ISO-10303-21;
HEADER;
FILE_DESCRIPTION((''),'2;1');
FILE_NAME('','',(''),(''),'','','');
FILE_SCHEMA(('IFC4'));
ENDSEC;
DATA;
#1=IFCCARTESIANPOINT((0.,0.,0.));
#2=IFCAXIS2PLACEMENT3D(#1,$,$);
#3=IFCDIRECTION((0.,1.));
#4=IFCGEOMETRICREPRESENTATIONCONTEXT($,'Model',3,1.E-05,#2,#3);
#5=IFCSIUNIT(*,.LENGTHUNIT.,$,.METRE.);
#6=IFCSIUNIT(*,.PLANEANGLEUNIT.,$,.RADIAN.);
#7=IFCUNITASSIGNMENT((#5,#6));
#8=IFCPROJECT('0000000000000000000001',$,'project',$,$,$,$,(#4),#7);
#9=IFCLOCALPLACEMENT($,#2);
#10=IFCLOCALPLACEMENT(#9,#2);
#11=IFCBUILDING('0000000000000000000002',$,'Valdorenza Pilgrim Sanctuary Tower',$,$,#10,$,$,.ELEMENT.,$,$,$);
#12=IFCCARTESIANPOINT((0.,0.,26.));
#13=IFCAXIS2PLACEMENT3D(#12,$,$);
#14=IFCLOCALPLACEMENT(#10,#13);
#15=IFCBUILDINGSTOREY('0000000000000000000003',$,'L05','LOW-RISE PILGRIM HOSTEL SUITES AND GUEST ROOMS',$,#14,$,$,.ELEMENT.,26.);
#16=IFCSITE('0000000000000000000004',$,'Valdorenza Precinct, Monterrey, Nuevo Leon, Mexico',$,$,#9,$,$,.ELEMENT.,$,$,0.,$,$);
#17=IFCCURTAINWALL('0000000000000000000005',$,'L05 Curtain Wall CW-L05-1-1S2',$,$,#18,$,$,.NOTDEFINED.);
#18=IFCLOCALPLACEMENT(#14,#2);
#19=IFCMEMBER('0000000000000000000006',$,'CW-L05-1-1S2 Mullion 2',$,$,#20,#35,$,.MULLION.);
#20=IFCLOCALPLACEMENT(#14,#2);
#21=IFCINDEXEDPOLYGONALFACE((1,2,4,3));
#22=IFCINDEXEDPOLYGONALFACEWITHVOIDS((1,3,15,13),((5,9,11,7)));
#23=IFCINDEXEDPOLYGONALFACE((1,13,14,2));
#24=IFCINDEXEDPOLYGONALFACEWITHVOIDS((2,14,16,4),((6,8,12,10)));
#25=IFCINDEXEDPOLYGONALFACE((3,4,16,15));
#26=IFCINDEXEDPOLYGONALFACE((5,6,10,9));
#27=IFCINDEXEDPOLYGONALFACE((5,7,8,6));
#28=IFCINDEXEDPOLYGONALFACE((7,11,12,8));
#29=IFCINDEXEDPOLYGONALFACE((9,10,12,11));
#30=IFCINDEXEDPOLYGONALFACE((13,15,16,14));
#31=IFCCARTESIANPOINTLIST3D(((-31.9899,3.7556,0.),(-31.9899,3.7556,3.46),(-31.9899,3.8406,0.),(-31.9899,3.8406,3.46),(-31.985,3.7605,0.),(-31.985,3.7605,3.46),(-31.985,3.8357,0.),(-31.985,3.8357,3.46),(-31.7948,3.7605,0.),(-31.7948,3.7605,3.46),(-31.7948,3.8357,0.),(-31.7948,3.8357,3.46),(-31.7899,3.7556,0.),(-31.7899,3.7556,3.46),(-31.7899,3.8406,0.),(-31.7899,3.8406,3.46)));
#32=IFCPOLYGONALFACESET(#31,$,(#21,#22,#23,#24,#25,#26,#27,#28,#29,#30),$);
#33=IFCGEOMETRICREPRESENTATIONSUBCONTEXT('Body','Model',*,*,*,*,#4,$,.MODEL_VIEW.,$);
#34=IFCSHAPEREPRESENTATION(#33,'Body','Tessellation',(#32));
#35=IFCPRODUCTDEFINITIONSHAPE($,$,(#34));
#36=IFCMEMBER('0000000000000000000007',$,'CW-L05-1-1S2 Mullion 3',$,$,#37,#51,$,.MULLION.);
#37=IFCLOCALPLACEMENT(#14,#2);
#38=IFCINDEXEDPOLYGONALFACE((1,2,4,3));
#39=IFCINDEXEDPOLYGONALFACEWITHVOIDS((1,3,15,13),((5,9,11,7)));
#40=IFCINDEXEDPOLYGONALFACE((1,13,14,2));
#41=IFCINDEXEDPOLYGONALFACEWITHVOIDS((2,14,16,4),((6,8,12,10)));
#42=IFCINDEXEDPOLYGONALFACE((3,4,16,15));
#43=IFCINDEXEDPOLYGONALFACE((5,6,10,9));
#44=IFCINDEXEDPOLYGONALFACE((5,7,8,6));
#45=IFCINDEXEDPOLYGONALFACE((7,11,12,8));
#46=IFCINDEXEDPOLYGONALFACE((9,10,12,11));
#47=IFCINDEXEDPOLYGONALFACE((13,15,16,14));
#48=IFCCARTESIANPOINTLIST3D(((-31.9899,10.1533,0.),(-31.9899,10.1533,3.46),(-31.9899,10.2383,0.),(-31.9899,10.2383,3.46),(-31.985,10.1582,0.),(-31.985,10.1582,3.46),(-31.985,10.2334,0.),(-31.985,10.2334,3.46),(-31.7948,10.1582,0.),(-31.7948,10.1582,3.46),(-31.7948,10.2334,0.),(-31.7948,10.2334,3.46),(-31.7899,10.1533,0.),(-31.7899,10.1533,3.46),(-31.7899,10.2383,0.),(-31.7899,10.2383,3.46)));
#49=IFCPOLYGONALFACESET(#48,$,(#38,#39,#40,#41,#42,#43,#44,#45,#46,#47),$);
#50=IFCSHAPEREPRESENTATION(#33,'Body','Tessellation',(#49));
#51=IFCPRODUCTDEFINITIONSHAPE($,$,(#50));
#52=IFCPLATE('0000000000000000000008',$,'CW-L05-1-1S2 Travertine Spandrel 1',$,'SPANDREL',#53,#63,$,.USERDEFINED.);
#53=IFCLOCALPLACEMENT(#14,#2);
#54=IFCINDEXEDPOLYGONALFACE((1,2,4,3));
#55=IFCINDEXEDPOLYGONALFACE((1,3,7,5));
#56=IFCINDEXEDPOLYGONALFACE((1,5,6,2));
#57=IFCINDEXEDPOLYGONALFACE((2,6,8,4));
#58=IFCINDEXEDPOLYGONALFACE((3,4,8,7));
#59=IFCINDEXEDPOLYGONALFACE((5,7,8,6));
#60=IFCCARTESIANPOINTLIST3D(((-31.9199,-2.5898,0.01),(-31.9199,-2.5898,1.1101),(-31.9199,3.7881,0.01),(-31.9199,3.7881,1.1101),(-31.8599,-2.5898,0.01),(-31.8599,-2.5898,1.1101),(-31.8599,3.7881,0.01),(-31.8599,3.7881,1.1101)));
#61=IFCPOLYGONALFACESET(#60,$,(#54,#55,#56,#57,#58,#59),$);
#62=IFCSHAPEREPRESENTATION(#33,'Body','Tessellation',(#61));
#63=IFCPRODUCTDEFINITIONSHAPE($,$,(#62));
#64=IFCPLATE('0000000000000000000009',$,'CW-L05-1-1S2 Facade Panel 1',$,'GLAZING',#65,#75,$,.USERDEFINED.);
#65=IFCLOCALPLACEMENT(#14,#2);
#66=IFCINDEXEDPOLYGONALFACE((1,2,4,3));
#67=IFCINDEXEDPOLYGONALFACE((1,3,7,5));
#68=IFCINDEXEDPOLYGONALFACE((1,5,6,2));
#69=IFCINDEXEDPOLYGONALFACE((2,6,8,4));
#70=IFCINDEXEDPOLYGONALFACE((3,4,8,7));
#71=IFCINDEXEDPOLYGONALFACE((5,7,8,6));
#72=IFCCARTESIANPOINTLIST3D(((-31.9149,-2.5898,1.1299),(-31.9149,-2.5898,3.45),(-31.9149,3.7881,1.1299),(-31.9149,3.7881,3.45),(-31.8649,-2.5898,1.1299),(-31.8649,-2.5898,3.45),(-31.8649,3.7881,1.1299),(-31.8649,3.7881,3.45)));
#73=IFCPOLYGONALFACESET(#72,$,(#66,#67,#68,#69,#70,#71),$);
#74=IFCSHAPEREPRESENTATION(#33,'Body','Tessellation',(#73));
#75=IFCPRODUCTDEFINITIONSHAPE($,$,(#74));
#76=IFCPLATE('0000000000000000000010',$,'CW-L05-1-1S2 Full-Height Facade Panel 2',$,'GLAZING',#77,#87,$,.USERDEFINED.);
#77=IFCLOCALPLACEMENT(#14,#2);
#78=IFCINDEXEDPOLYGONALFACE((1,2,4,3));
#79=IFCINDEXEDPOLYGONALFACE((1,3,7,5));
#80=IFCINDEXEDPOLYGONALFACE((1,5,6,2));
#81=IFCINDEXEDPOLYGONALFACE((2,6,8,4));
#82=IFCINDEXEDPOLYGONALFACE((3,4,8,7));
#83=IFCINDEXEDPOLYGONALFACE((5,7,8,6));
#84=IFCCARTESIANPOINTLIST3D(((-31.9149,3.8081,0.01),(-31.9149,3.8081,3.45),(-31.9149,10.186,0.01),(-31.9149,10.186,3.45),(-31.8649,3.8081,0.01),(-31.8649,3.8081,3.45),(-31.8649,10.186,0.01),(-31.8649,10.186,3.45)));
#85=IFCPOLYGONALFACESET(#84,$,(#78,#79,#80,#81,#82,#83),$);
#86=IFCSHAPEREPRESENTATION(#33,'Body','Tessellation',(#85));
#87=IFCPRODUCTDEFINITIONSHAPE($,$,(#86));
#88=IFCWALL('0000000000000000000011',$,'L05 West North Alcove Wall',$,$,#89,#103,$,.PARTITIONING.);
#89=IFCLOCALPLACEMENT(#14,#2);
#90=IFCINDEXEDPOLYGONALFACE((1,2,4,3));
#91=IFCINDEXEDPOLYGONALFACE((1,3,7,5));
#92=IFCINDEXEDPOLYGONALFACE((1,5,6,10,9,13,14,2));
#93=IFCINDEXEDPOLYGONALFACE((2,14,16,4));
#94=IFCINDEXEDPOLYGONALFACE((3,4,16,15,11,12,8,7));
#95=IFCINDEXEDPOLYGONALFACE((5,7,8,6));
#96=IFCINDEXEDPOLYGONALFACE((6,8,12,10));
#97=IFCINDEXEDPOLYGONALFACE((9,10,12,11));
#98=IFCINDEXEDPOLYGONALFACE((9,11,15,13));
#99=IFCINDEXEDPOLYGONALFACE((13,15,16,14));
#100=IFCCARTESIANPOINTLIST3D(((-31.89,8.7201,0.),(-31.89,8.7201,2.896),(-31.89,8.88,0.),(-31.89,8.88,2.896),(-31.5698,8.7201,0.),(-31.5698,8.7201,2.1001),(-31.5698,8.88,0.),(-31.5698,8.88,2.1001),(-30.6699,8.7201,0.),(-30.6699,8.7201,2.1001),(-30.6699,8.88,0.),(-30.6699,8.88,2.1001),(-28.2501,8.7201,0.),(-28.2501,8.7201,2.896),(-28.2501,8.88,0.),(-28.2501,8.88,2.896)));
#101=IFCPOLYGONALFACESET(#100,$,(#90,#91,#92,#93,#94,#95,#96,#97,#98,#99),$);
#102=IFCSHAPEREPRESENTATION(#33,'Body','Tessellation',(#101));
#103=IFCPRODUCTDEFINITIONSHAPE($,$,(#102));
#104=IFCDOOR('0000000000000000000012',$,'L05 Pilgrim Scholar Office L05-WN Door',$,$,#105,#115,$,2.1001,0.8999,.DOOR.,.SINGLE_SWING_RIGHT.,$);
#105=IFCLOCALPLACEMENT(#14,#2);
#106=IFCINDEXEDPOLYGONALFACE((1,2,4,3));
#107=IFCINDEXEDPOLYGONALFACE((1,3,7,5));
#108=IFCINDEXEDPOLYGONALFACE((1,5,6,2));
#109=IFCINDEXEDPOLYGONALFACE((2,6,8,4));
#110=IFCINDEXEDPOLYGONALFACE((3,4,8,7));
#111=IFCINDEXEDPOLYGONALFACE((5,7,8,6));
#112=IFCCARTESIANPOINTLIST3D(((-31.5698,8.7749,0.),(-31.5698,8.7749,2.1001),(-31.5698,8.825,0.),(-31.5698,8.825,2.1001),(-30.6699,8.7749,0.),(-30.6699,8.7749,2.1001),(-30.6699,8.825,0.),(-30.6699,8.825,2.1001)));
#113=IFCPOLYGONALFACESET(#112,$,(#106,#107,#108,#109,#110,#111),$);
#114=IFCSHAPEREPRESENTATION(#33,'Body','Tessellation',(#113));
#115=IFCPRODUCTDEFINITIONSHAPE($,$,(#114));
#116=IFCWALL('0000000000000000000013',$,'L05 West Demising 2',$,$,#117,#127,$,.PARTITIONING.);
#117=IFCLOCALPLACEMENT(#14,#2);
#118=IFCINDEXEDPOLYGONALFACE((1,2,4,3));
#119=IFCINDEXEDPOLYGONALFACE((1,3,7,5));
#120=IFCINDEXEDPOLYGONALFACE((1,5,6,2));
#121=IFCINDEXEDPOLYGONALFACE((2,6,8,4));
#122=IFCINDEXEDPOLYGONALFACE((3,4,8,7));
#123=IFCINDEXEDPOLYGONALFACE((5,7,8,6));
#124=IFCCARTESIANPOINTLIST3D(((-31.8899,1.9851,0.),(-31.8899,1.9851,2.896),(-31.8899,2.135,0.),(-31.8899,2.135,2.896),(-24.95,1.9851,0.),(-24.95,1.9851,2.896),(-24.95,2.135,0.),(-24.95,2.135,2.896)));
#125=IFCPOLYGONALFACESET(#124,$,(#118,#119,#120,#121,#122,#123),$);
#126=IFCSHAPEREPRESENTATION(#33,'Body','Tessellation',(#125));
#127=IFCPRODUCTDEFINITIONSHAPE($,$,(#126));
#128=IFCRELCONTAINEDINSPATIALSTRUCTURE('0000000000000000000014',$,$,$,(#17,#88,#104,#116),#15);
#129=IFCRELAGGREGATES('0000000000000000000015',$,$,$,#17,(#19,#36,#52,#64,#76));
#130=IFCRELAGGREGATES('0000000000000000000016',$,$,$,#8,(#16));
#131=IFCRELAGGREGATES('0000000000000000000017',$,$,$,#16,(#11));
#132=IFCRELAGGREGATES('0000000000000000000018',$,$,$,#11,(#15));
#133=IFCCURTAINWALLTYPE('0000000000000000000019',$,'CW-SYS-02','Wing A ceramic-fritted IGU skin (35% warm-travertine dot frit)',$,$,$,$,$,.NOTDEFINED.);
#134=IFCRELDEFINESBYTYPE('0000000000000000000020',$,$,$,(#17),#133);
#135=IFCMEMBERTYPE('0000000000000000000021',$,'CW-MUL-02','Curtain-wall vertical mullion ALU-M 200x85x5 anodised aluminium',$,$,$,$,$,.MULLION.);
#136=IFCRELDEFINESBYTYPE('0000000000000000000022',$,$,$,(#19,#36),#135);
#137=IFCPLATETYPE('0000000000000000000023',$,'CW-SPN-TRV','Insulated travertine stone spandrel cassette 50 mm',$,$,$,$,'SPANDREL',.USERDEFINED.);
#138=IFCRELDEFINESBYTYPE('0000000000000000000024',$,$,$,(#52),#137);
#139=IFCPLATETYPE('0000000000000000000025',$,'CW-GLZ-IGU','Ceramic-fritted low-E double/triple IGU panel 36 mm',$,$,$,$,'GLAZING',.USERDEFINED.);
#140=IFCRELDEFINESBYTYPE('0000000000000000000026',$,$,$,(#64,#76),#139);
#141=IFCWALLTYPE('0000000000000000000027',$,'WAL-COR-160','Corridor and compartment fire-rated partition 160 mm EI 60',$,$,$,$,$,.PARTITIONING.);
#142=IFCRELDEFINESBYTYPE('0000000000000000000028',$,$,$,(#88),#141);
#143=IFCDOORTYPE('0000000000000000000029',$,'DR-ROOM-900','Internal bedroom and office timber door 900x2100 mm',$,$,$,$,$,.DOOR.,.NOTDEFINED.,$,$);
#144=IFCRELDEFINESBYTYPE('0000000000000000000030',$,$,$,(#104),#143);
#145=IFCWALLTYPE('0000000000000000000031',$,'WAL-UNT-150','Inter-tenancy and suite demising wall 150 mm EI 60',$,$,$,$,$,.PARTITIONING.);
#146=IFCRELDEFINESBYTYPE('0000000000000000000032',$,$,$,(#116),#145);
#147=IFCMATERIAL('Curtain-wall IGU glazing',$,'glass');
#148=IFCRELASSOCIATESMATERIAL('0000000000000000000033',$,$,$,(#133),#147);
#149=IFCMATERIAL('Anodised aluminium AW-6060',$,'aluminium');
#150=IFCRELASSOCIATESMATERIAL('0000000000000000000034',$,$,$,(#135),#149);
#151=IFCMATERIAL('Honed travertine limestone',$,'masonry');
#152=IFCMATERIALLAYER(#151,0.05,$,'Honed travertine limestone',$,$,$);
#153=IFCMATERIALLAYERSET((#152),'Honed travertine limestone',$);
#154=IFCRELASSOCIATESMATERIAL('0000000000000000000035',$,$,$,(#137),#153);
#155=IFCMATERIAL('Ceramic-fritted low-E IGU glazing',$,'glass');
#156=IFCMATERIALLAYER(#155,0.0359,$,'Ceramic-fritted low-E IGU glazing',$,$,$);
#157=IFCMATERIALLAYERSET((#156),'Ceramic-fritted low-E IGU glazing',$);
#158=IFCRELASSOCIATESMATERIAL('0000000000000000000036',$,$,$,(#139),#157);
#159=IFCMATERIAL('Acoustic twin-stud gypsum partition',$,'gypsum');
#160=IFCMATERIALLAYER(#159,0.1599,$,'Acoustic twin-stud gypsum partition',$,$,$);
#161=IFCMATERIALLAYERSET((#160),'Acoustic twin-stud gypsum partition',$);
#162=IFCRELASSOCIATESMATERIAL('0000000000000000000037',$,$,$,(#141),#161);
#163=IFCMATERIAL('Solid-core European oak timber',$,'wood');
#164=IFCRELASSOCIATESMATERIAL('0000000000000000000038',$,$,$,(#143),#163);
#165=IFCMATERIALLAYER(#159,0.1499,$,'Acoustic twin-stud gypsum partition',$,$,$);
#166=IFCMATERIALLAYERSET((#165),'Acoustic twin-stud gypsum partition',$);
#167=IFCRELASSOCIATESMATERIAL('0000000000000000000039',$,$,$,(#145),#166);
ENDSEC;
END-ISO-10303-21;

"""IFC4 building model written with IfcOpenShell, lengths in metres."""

from ifc_helpers import new_model, si_unit, direction, frame, frame_2d, origin, origin_2d, place, context, subcontext, project, spatial, rectangle, hollow_rectangle, extrude, source, transform, mapped, material, layer, layer_set, material_profile, profile_set, type_object, element, fill, aggregate, save


model = new_model("IFC4")

# Units and contexts
model_context = context("Model", 3, precision=1e-05, world=origin(), true_north=direction((0.0, 1.0)))
body_context = subcontext(model_context, "Body", "Model", "MODEL_VIEW")
ifc_project = project(units=[si_unit("LENGTHUNIT", "METRE"), si_unit("PLANEANGLEUNIT", "RADIAN")], contexts=[model_context])

# Site, building, storey
site_placement = place(None, origin())
site = spatial("IfcSite", under=ifc_project, at=site_placement, Name="Valdorenza Precinct, Monterrey, Nuevo Leon, Mexico", CompositionType="ELEMENT", RefElevation=0.0)
building_placement = place(site_placement, origin())
building = spatial("IfcBuilding", under=site, at=building_placement, Name="Valdorenza Pilgrim Sanctuary Tower", CompositionType="ELEMENT")
storey_placement = place(building_placement, frame((0.0, 0.0, 26.0)))
storey = spatial("IfcBuildingStorey", under=building, at=storey_placement, Name="L05", Description="LOW-RISE PILGRIM HOSTEL SUITES AND GUEST ROOMS", CompositionType="ELEMENT", Elevation=26.0)

# Curtain wall, members, plates
ifc_material_1 = material(Name="Curtain-wall IGU glazing", Category="glass")
curtain_wall_type = type_object("IfcCurtainWallType", Name="CW-SYS-02", Description="Wing A ceramic-fritted IGU skin (35% warm-travertine dot frit)", PredefinedType="NOTDEFINED", material=ifc_material_1)
curtain_wall_placement = place(storey_placement, origin())
curtain_wall = element("IfcCurtainWall", 1, at=curtain_wall_placement, inside=storey, type_object=curtain_wall_type, Name="L05 Curtain Wall CW-L05-1-1S2", PredefinedType="NOTDEFINED")
ifc_material_2 = material(Name="Anodised aluminium AW-6060", Category="aluminium")
ifc_material_profile_1 = material_profile(ifc_material_2, hollow_rectangle(XDim=0.085, YDim=0.2, WallThickness=0.0049, at=origin_2d()), Name="ALU-M 200x85x5")
ifc_profile_set_1 = profile_set([ifc_material_profile_1], Name="Anodised aluminium AW-6060")
member_type = type_object("IfcMemberType", Name="CW-MUL-02", Description="Curtain-wall vertical mullion ALU-M 200x85x5 anodised aluminium", PredefinedType="MULLION", material=ifc_profile_set_1)
shared_shape_1 = source(origin(), body_context, "Body", "SweptSolid", [
    extrude(hollow_rectangle(XDim=0.085, YDim=0.2, WallThickness=0.0049, at=origin_2d()), origin(), (0.0, 0.0, 1.0), 3.46),
])
member_1_placement = place(storey_placement, frame((-31.8899, 3.7981, 0.0), z_axis=(0.0, 0.0, 1.0), x_axis=(0.0, 1.0, 0.0)))
member_1 = element("IfcMember", 2, at=member_1_placement, type_object=member_type, Name="CW-L05-1-1S2 Mullion 2", PredefinedType="MULLION", context=body_context, shape_type="MappedRepresentation", body=[
    mapped(shared_shape_1, transform((0.0, 0.0, 0.0), x_axis=(1.0, 0.0, 0.0), y_axis=(0.0, 1.0, 0.0), z_axis=(0.0, 0.0, 1.0), scale=1.0)),
])
member_2_placement = place(storey_placement, frame((-31.8899, 10.1958, 0.0), z_axis=(0.0, 0.0, 1.0), x_axis=(0.0, 1.0, 0.0)))
member_2 = element("IfcMember", 3, at=member_2_placement, type_object=member_type, Name="CW-L05-1-1S2 Mullion 3", PredefinedType="MULLION", context=body_context, shape_type="MappedRepresentation", body=[
    mapped(shared_shape_1, transform((0.0, 0.0, 0.0), x_axis=(1.0, 0.0, 0.0), y_axis=(0.0, 1.0, 0.0), z_axis=(0.0, 0.0, 1.0), scale=1.0)),
])
ifc_material_3 = material(Name="Honed travertine limestone", Category="masonry")
ifc_layer_1 = layer(ifc_material_3, 0.05, Name="Honed travertine limestone")
ifc_layer_set_1 = layer_set([ifc_layer_1], Name="Honed travertine limestone")
plate_type_1 = type_object("IfcPlateType", Name="CW-SPN-TRV", Description="Insulated travertine stone spandrel cassette 50 mm", ElementType="SPANDREL", PredefinedType="USERDEFINED", material=ifc_layer_set_1)
shared_shape_2 = source(origin(), body_context, "Body", "SweptSolid", [
    extrude(rectangle(XDim=6.3779, YDim=0.0601, at=origin_2d()), origin(), (0.0, 0.0, 1.0), 1.1001),
])
plate_1_placement = place(storey_placement, frame((-31.8899, 0.5991, 0.01), z_axis=(0.0, 0.0, 1.0), x_axis=(0.0, 1.0, 0.0)))
plate_1 = element("IfcPlate", 4, at=plate_1_placement, type_object=plate_type_1, Name="CW-L05-1-1S2 Travertine Spandrel 1", ObjectType="SPANDREL", PredefinedType="USERDEFINED", context=body_context, shape_type="MappedRepresentation", body=[
    mapped(shared_shape_2, transform((0.0, 0.0, 0.0), x_axis=(1.0, 0.0, 0.0), y_axis=(0.0, 1.0, 0.0), z_axis=(0.0, 0.0, 1.0), scale=1.0)),
])
ifc_material_4 = material(Name="Ceramic-fritted low-E IGU glazing", Category="glass")
ifc_layer_2 = layer(ifc_material_4, 0.0359, Name="Ceramic-fritted low-E IGU glazing")
ifc_layer_set_2 = layer_set([ifc_layer_2], Name="Ceramic-fritted low-E IGU glazing")
plate_type_2 = type_object("IfcPlateType", Name="CW-GLZ-IGU", Description="Ceramic-fritted low-E double/triple IGU panel 36 mm", ElementType="GLAZING", PredefinedType="USERDEFINED", material=ifc_layer_set_2)
shared_shape_3 = source(origin(), body_context, "Body", "SweptSolid", [
    extrude(rectangle(XDim=6.3779, YDim=0.05, at=origin_2d()), origin(), (0.0, 0.0, 1.0), 2.3201),
])
plate_2_placement = place(storey_placement, frame((-31.8899, 0.5991, 1.1299), z_axis=(0.0, 0.0, 1.0), x_axis=(0.0, 1.0, 0.0)))
plate_2 = element("IfcPlate", 5, at=plate_2_placement, type_object=plate_type_2, Name="CW-L05-1-1S2 Facade Panel 1", ObjectType="GLAZING", PredefinedType="USERDEFINED", context=body_context, shape_type="MappedRepresentation", body=[
    mapped(shared_shape_3, transform((0.0, 0.0, 0.0), x_axis=(1.0, 0.0, 0.0), y_axis=(0.0, 1.0, 0.0), z_axis=(0.0, 0.0, 1.0), scale=1.0)),
])
shared_shape_4 = source(origin(), body_context, "Body", "SweptSolid", [
    extrude(rectangle(XDim=6.3779, YDim=0.05, at=origin_2d()), origin(), (0.0, 0.0, 1.0), 3.4399),
])
plate_3_placement = place(storey_placement, frame((-31.8899, 6.9971, 0.01), z_axis=(0.0, 0.0, 1.0), x_axis=(0.0, 1.0, 0.0)))
plate_3 = element("IfcPlate", 6, at=plate_3_placement, type_object=plate_type_2, Name="CW-L05-1-1S2 Full-Height Facade Panel 2", ObjectType="GLAZING", PredefinedType="USERDEFINED", context=body_context, shape_type="MappedRepresentation", body=[
    mapped(shared_shape_4, transform((0.0, 0.0, 0.0), x_axis=(1.0, 0.0, 0.0), y_axis=(0.0, 1.0, 0.0), z_axis=(0.0, 0.0, 1.0), scale=1.0)),
])
aggregate(curtain_wall, [member_1, member_2, plate_1, plate_2, plate_3])

# Wall, opening, door
ifc_material_5 = material(Name="Acoustic twin-stud gypsum partition", Category="gypsum")
ifc_layer_3 = layer(ifc_material_5, 0.1599, Name="Acoustic twin-stud gypsum partition")
ifc_layer_set_3 = layer_set([ifc_layer_3], Name="Acoustic twin-stud gypsum partition")
wall_type_1 = type_object("IfcWallType", Name="WAL-COR-160", Description="Corridor and compartment fire-rated partition 160 mm EI 60", PredefinedType="PARTITIONING", material=ifc_layer_set_3)
wall_1_placement = place(storey_placement, frame((-31.8899, 8.8, 0.0), z_axis=(0.0, 0.0, 1.0), x_axis=(1.0, 0.0, 0.0)))
wall_1 = element("IfcWall", 7, at=wall_1_placement, inside=storey, type_object=wall_type_1, Name="L05 West North Alcove Wall", PredefinedType="PARTITIONING", context=body_context, shape_type="SweptSolid", body=[
    extrude(rectangle(XDim=3.6399, YDim=0.1599, at=frame_2d((1.8198, 0.0))), origin(), (0.0, 0.0, 1.0), 2.896),
])
opening_placement = place(wall_1_placement, frame((0.3201, 0.0, 0.0)))
opening = element("IfcOpeningElement", 8, at=opening_placement, cuts=wall_1, PredefinedType="OPENING", context=body_context, shape_type="SweptSolid", body=[
    extrude(rectangle(XDim=0.8999, YDim=2.1001, at=frame_2d((0.45, 1.05))), frame((0.0, 0.0947, 0.0), z_axis=(0.0, -1.0, 0.0), x_axis=(1.0, 0.0, 0.0)), (0.0, 0.0, 1.0), 0.1897),
])
ifc_material_6 = material(Name="Solid-core European oak timber", Category="wood")
door_type = type_object("IfcDoorType", Name="DR-ROOM-900", Description="Internal bedroom and office timber door 900x2100 mm", OperationType="NOTDEFINED", PredefinedType="DOOR", material=ifc_material_6)
door_placement = place(opening_placement, origin())
door = element("IfcDoor", 9, at=door_placement, inside=storey, type_object=door_type, Name="L05 Pilgrim Scholar Office L05-WN Door", OperationType="SINGLE_SWING_RIGHT", OverallHeight=2.1001, OverallWidth=0.8999, PredefinedType="DOOR", context=body_context, shape_type="SweptSolid", body=[
    extrude(rectangle(XDim=0.8999, YDim=2.1001, at=frame_2d((0.45, 1.05))), frame((0.0, 0.0249, 0.0), z_axis=(0.0, -1.0, 0.0), x_axis=(1.0, 0.0, 0.0)), (0.0, 0.0, 1.0), 0.05),
])
fill(opening, door)

# Wall
ifc_layer_4 = layer(ifc_material_5, 0.1499, Name="Acoustic twin-stud gypsum partition")
ifc_layer_set_4 = layer_set([ifc_layer_4], Name="Acoustic twin-stud gypsum partition")
wall_type_2 = type_object("IfcWallType", Name="WAL-UNT-150", Description="Inter-tenancy and suite demising wall 150 mm EI 60", PredefinedType="PARTITIONING", material=ifc_layer_set_4)
wall_2_placement = place(storey_placement, frame((-31.8899, 2.0601, 0.0), z_axis=(0.0, 0.0, 1.0), x_axis=(1.0, 0.0, 0.0)))
element("IfcWall", 10, at=wall_2_placement, inside=storey, type_object=wall_type_2, Name="L05 West Demising 2", PredefinedType="PARTITIONING", context=body_context, shape_type="SweptSolid", body=[
    extrude(rectangle(XDim=6.9399, YDim=0.1499, at=frame_2d((3.47, 0.0))), origin(), (0.0, 0.0, 1.0), 2.896),
])

save(model, "model.ifc")
